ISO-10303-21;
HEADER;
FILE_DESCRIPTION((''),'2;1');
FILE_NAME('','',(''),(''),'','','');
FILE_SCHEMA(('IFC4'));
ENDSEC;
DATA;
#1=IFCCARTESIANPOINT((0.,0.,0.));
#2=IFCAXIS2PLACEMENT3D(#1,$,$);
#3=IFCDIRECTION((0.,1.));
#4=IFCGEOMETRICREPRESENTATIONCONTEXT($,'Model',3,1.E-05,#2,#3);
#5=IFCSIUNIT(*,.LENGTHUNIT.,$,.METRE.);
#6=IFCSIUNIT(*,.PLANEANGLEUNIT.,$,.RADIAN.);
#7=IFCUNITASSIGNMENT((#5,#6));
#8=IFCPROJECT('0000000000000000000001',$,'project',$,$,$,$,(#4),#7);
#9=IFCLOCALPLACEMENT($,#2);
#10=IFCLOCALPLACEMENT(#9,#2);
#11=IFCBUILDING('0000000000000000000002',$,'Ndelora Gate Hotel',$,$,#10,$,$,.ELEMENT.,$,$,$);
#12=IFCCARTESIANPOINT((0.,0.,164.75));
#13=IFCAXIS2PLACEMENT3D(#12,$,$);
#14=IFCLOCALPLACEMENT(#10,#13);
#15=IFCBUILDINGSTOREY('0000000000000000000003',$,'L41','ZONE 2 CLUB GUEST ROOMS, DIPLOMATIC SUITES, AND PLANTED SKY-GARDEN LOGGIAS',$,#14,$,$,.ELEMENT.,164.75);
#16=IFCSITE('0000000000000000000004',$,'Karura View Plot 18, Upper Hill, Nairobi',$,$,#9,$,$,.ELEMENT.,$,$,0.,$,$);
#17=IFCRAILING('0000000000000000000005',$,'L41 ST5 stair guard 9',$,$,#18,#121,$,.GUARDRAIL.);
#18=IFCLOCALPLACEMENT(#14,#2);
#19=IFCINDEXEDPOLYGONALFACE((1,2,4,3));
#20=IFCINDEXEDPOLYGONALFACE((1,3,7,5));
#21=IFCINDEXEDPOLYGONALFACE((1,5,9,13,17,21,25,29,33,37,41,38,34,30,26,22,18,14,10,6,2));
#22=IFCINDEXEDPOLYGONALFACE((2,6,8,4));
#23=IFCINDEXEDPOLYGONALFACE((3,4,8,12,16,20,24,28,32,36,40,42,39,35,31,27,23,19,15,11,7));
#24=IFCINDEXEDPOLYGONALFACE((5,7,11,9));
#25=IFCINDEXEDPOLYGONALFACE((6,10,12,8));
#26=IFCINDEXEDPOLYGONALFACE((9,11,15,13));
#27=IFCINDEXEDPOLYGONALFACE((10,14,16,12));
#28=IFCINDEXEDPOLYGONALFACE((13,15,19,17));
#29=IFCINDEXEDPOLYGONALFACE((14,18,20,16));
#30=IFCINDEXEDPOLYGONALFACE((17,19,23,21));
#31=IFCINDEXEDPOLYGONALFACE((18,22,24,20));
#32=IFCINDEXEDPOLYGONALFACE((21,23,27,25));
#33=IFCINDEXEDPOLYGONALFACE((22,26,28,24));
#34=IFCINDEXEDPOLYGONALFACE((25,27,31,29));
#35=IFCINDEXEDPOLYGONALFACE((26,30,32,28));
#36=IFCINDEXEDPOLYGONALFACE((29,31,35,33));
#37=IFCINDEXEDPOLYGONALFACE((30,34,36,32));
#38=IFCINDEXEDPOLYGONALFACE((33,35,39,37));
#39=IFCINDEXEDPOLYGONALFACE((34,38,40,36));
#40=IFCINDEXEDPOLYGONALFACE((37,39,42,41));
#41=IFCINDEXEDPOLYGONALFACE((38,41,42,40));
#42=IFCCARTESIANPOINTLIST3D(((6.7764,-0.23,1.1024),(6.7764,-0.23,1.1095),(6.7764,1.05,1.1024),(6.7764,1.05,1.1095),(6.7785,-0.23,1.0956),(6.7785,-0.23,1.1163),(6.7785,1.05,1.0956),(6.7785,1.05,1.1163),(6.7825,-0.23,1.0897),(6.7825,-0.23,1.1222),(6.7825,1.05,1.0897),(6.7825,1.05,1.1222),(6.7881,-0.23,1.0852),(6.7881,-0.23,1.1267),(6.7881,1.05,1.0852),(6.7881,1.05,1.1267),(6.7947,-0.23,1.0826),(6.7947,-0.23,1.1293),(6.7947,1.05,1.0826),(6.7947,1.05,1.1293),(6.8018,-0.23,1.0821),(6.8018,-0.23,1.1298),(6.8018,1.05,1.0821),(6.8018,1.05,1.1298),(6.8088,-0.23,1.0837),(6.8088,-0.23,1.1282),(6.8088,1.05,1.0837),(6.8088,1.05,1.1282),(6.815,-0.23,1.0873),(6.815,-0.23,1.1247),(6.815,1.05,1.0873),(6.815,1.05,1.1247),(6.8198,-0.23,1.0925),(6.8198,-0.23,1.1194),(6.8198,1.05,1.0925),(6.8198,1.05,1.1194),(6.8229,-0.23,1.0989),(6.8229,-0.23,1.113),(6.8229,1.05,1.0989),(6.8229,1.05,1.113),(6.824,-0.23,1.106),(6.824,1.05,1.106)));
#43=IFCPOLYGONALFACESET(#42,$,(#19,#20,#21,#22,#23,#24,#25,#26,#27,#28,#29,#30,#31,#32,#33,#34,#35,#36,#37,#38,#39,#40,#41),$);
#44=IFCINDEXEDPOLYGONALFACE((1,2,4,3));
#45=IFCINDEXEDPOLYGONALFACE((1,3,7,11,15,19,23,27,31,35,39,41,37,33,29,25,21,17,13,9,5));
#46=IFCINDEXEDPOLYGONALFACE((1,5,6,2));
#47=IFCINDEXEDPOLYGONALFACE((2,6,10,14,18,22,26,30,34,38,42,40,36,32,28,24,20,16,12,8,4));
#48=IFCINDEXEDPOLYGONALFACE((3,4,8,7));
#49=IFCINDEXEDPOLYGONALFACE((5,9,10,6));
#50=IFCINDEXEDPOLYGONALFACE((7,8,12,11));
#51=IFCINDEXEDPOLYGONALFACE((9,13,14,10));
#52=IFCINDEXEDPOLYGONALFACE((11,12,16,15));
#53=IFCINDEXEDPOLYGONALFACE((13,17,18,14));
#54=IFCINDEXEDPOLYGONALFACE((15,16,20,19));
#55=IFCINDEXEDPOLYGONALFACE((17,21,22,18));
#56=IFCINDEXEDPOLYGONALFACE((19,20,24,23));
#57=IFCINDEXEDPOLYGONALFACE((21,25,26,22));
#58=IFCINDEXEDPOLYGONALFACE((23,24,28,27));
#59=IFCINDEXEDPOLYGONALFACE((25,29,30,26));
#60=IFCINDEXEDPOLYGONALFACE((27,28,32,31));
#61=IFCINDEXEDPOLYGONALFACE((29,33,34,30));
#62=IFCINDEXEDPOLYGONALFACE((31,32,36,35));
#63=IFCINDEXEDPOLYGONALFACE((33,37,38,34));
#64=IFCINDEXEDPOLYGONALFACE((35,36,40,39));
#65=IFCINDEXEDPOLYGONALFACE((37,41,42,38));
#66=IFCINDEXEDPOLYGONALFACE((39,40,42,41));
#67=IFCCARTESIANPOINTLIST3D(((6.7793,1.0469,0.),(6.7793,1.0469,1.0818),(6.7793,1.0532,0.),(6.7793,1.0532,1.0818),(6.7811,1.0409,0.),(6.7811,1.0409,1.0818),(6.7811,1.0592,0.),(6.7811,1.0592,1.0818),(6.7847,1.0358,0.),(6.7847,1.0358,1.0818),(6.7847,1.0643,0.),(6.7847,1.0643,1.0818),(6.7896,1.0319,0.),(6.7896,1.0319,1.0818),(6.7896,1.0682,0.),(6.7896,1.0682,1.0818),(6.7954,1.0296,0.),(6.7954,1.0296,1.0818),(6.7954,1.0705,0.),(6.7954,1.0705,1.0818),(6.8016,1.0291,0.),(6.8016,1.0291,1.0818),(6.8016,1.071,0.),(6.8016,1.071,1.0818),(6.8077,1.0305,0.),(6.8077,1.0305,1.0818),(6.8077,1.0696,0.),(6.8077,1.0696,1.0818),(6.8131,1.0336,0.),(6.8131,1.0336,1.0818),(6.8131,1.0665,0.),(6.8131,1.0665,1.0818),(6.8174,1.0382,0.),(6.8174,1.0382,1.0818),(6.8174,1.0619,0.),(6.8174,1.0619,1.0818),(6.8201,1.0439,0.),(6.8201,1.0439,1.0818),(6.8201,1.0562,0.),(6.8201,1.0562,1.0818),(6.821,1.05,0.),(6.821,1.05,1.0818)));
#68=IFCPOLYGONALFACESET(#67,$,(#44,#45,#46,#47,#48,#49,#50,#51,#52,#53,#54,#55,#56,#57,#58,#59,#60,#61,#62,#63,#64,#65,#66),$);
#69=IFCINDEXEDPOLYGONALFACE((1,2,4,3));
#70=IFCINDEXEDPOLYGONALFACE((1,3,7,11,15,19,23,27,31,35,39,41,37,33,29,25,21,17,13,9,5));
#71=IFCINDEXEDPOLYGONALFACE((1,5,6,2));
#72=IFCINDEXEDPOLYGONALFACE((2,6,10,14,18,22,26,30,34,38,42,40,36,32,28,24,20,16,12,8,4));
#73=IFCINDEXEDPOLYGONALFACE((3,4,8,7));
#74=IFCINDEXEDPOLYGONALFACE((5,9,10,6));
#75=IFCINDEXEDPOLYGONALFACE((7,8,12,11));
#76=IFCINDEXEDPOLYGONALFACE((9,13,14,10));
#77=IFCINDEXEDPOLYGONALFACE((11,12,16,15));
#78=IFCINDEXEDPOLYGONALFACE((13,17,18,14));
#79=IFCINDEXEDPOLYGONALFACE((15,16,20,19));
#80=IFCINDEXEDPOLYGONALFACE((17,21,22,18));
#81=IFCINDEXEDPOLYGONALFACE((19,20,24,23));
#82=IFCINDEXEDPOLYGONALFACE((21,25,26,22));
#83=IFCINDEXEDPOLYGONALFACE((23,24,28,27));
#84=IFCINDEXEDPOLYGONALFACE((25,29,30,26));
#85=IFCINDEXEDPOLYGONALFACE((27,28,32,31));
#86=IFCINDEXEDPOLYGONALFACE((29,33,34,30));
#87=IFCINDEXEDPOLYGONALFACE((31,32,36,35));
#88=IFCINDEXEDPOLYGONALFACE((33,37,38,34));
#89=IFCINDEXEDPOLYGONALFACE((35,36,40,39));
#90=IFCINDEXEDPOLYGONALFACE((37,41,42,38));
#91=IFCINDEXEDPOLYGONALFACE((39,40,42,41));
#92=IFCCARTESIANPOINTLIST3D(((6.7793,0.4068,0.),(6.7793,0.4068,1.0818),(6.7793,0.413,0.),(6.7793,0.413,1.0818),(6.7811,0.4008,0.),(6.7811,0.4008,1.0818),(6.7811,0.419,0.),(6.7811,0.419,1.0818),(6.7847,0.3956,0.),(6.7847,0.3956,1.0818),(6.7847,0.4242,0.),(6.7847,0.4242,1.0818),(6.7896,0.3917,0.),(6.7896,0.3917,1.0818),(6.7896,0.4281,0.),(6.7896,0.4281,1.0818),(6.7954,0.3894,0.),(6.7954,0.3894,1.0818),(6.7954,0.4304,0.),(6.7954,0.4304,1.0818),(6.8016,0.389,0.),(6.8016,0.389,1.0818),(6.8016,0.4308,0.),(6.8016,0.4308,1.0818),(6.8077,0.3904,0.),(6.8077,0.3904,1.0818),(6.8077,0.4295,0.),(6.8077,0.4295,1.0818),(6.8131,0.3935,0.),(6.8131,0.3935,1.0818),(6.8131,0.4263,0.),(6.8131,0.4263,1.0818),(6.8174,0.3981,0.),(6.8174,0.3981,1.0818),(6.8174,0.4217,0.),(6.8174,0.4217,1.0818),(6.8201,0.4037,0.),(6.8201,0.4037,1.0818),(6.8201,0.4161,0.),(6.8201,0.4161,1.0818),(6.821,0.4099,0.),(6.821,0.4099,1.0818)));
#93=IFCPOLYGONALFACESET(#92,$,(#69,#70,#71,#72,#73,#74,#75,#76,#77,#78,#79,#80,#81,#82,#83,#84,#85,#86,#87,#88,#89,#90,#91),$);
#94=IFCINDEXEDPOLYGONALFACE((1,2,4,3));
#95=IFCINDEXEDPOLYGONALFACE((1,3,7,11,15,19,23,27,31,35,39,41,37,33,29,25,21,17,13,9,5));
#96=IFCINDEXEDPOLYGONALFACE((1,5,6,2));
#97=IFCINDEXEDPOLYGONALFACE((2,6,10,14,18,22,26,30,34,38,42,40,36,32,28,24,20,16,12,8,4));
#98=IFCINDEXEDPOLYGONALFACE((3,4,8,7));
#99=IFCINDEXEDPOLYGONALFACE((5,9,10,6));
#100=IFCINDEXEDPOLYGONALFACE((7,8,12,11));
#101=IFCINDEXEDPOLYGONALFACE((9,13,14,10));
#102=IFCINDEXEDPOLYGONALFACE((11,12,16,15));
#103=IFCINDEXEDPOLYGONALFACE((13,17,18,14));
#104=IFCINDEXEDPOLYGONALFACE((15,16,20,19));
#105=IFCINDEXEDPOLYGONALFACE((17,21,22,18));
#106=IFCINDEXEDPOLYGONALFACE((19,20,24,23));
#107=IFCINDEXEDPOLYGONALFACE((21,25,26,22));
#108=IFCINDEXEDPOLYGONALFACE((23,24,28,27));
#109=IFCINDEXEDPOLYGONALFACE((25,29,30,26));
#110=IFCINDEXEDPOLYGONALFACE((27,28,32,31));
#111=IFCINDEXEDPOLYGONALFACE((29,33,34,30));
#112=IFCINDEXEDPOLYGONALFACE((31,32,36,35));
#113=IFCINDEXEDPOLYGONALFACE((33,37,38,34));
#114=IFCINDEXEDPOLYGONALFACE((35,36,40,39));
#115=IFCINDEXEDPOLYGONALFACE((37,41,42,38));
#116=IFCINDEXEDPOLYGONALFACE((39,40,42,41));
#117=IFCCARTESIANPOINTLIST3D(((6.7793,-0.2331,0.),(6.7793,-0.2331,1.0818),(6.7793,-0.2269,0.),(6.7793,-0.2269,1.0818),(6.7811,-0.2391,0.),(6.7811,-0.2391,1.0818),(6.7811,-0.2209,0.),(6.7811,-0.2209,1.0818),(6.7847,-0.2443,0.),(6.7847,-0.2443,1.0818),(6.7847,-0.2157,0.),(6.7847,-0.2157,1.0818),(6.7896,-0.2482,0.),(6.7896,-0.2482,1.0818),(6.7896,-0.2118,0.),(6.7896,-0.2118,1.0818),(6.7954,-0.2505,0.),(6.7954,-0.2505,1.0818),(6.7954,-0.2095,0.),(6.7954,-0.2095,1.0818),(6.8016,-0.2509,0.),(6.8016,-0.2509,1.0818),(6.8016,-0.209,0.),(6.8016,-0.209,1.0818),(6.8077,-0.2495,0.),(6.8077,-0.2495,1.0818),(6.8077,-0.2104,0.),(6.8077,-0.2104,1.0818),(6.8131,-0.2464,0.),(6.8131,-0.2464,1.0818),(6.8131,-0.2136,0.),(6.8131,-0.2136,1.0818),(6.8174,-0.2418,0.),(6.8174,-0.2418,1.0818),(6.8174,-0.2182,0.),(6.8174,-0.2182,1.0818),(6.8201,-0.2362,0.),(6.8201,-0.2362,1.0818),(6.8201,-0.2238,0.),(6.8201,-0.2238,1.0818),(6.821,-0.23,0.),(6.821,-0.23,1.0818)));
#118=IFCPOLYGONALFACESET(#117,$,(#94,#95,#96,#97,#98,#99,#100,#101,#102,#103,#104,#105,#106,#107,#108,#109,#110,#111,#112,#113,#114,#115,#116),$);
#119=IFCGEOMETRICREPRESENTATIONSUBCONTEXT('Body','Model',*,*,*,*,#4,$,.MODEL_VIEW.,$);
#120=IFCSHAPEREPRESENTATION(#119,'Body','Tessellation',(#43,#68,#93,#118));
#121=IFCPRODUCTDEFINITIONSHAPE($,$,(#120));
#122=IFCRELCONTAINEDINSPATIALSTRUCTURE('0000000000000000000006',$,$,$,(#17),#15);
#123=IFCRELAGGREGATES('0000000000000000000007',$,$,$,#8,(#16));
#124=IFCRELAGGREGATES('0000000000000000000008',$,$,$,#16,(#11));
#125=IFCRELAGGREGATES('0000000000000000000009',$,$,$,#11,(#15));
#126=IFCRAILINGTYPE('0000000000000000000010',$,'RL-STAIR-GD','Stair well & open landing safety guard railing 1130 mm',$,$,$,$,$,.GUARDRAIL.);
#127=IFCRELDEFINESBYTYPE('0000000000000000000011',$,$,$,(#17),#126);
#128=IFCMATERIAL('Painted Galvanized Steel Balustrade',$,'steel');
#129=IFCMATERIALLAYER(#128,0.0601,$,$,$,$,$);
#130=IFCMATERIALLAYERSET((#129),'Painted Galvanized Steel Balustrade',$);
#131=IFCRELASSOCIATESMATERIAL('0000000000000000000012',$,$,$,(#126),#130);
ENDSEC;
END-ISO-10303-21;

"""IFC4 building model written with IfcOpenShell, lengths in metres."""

from ifc_helpers import new_model, si_unit, direction, frame, origin, origin_2d, place, context, subcontext, project, spatial, circle, extrude, material, layer, layer_set, type_object, element, save


model = new_model("IFC4")

# Units and contexts
model_context = context("Model", 3, precision=1e-05, world=origin(), true_north=direction((0.0, 1.0)))
body_context = subcontext(model_context, "Body", "Model", "MODEL_VIEW")
ifc_project = project(units=[si_unit("LENGTHUNIT", "METRE"), si_unit("PLANEANGLEUNIT", "RADIAN")], contexts=[model_context])

# Site, building, storey
site_placement = place(None, origin())
site = spatial("IfcSite", under=ifc_project, at=site_placement, Name="Karura View Plot 18, Upper Hill, Nairobi", CompositionType="ELEMENT", RefElevation=0.0)
building_placement = place(site_placement, origin())
building = spatial("IfcBuilding", under=site, at=building_placement, Name="Ndelora Gate Hotel", CompositionType="ELEMENT")
storey_placement = place(building_placement, frame((0.0, 0.0, 164.75)))
storey = spatial("IfcBuildingStorey", under=building, at=storey_placement, Name="L41", Description="ZONE 2 CLUB GUEST ROOMS, DIPLOMATIC SUITES, AND PLANTED SKY-GARDEN LOGGIAS", CompositionType="ELEMENT", Elevation=164.75)

# Railing
ifc_material_1 = material(Name="Painted Galvanized Steel Balustrade", Category="steel")
ifc_layer_1 = layer(ifc_material_1, 0.0601)
ifc_layer_set_1 = layer_set([ifc_layer_1], Name="Painted Galvanized Steel Balustrade")
railing_type = type_object("IfcRailingType", Name="RL-STAIR-GD", Description="Stair well & open landing safety guard railing 1130 mm", PredefinedType="GUARDRAIL", material=ifc_layer_set_1)
for number, where, name in (
    (1, (6.8, 1.05, 0.0), "L41 ST5 stair guard 9"),
):
    element("IfcRailing", number, at=place(storey_placement, frame(where)), inside=storey, type_object=railing_type, Name=name, PredefinedType="GUARDRAIL", context=body_context, shape_type="SweptSolid", body=[
        extrude(circle(Radius=0.0239, at=origin_2d()), frame((0.0, 0.0, 1.106), z_axis=(0.0, -1.0, 0.0), x_axis=(1.0, 0.0, 0.0)), (0.0, 0.0, 1.0), 1.28),
        extrude(circle(Radius=0.021, at=origin_2d()), origin(), (0.0, 0.0, 1.0), 1.0818),
        extrude(circle(Radius=0.021, at=origin_2d()), frame((0.0, -0.6401, 0.0)), (0.0, 0.0, 1.0), 1.0818),
        extrude(circle(Radius=0.021, at=origin_2d()), frame((0.0, -1.28, 0.0)), (0.0, 0.0, 1.0), 1.0818),
    ])

save(model, "model.ifc")
